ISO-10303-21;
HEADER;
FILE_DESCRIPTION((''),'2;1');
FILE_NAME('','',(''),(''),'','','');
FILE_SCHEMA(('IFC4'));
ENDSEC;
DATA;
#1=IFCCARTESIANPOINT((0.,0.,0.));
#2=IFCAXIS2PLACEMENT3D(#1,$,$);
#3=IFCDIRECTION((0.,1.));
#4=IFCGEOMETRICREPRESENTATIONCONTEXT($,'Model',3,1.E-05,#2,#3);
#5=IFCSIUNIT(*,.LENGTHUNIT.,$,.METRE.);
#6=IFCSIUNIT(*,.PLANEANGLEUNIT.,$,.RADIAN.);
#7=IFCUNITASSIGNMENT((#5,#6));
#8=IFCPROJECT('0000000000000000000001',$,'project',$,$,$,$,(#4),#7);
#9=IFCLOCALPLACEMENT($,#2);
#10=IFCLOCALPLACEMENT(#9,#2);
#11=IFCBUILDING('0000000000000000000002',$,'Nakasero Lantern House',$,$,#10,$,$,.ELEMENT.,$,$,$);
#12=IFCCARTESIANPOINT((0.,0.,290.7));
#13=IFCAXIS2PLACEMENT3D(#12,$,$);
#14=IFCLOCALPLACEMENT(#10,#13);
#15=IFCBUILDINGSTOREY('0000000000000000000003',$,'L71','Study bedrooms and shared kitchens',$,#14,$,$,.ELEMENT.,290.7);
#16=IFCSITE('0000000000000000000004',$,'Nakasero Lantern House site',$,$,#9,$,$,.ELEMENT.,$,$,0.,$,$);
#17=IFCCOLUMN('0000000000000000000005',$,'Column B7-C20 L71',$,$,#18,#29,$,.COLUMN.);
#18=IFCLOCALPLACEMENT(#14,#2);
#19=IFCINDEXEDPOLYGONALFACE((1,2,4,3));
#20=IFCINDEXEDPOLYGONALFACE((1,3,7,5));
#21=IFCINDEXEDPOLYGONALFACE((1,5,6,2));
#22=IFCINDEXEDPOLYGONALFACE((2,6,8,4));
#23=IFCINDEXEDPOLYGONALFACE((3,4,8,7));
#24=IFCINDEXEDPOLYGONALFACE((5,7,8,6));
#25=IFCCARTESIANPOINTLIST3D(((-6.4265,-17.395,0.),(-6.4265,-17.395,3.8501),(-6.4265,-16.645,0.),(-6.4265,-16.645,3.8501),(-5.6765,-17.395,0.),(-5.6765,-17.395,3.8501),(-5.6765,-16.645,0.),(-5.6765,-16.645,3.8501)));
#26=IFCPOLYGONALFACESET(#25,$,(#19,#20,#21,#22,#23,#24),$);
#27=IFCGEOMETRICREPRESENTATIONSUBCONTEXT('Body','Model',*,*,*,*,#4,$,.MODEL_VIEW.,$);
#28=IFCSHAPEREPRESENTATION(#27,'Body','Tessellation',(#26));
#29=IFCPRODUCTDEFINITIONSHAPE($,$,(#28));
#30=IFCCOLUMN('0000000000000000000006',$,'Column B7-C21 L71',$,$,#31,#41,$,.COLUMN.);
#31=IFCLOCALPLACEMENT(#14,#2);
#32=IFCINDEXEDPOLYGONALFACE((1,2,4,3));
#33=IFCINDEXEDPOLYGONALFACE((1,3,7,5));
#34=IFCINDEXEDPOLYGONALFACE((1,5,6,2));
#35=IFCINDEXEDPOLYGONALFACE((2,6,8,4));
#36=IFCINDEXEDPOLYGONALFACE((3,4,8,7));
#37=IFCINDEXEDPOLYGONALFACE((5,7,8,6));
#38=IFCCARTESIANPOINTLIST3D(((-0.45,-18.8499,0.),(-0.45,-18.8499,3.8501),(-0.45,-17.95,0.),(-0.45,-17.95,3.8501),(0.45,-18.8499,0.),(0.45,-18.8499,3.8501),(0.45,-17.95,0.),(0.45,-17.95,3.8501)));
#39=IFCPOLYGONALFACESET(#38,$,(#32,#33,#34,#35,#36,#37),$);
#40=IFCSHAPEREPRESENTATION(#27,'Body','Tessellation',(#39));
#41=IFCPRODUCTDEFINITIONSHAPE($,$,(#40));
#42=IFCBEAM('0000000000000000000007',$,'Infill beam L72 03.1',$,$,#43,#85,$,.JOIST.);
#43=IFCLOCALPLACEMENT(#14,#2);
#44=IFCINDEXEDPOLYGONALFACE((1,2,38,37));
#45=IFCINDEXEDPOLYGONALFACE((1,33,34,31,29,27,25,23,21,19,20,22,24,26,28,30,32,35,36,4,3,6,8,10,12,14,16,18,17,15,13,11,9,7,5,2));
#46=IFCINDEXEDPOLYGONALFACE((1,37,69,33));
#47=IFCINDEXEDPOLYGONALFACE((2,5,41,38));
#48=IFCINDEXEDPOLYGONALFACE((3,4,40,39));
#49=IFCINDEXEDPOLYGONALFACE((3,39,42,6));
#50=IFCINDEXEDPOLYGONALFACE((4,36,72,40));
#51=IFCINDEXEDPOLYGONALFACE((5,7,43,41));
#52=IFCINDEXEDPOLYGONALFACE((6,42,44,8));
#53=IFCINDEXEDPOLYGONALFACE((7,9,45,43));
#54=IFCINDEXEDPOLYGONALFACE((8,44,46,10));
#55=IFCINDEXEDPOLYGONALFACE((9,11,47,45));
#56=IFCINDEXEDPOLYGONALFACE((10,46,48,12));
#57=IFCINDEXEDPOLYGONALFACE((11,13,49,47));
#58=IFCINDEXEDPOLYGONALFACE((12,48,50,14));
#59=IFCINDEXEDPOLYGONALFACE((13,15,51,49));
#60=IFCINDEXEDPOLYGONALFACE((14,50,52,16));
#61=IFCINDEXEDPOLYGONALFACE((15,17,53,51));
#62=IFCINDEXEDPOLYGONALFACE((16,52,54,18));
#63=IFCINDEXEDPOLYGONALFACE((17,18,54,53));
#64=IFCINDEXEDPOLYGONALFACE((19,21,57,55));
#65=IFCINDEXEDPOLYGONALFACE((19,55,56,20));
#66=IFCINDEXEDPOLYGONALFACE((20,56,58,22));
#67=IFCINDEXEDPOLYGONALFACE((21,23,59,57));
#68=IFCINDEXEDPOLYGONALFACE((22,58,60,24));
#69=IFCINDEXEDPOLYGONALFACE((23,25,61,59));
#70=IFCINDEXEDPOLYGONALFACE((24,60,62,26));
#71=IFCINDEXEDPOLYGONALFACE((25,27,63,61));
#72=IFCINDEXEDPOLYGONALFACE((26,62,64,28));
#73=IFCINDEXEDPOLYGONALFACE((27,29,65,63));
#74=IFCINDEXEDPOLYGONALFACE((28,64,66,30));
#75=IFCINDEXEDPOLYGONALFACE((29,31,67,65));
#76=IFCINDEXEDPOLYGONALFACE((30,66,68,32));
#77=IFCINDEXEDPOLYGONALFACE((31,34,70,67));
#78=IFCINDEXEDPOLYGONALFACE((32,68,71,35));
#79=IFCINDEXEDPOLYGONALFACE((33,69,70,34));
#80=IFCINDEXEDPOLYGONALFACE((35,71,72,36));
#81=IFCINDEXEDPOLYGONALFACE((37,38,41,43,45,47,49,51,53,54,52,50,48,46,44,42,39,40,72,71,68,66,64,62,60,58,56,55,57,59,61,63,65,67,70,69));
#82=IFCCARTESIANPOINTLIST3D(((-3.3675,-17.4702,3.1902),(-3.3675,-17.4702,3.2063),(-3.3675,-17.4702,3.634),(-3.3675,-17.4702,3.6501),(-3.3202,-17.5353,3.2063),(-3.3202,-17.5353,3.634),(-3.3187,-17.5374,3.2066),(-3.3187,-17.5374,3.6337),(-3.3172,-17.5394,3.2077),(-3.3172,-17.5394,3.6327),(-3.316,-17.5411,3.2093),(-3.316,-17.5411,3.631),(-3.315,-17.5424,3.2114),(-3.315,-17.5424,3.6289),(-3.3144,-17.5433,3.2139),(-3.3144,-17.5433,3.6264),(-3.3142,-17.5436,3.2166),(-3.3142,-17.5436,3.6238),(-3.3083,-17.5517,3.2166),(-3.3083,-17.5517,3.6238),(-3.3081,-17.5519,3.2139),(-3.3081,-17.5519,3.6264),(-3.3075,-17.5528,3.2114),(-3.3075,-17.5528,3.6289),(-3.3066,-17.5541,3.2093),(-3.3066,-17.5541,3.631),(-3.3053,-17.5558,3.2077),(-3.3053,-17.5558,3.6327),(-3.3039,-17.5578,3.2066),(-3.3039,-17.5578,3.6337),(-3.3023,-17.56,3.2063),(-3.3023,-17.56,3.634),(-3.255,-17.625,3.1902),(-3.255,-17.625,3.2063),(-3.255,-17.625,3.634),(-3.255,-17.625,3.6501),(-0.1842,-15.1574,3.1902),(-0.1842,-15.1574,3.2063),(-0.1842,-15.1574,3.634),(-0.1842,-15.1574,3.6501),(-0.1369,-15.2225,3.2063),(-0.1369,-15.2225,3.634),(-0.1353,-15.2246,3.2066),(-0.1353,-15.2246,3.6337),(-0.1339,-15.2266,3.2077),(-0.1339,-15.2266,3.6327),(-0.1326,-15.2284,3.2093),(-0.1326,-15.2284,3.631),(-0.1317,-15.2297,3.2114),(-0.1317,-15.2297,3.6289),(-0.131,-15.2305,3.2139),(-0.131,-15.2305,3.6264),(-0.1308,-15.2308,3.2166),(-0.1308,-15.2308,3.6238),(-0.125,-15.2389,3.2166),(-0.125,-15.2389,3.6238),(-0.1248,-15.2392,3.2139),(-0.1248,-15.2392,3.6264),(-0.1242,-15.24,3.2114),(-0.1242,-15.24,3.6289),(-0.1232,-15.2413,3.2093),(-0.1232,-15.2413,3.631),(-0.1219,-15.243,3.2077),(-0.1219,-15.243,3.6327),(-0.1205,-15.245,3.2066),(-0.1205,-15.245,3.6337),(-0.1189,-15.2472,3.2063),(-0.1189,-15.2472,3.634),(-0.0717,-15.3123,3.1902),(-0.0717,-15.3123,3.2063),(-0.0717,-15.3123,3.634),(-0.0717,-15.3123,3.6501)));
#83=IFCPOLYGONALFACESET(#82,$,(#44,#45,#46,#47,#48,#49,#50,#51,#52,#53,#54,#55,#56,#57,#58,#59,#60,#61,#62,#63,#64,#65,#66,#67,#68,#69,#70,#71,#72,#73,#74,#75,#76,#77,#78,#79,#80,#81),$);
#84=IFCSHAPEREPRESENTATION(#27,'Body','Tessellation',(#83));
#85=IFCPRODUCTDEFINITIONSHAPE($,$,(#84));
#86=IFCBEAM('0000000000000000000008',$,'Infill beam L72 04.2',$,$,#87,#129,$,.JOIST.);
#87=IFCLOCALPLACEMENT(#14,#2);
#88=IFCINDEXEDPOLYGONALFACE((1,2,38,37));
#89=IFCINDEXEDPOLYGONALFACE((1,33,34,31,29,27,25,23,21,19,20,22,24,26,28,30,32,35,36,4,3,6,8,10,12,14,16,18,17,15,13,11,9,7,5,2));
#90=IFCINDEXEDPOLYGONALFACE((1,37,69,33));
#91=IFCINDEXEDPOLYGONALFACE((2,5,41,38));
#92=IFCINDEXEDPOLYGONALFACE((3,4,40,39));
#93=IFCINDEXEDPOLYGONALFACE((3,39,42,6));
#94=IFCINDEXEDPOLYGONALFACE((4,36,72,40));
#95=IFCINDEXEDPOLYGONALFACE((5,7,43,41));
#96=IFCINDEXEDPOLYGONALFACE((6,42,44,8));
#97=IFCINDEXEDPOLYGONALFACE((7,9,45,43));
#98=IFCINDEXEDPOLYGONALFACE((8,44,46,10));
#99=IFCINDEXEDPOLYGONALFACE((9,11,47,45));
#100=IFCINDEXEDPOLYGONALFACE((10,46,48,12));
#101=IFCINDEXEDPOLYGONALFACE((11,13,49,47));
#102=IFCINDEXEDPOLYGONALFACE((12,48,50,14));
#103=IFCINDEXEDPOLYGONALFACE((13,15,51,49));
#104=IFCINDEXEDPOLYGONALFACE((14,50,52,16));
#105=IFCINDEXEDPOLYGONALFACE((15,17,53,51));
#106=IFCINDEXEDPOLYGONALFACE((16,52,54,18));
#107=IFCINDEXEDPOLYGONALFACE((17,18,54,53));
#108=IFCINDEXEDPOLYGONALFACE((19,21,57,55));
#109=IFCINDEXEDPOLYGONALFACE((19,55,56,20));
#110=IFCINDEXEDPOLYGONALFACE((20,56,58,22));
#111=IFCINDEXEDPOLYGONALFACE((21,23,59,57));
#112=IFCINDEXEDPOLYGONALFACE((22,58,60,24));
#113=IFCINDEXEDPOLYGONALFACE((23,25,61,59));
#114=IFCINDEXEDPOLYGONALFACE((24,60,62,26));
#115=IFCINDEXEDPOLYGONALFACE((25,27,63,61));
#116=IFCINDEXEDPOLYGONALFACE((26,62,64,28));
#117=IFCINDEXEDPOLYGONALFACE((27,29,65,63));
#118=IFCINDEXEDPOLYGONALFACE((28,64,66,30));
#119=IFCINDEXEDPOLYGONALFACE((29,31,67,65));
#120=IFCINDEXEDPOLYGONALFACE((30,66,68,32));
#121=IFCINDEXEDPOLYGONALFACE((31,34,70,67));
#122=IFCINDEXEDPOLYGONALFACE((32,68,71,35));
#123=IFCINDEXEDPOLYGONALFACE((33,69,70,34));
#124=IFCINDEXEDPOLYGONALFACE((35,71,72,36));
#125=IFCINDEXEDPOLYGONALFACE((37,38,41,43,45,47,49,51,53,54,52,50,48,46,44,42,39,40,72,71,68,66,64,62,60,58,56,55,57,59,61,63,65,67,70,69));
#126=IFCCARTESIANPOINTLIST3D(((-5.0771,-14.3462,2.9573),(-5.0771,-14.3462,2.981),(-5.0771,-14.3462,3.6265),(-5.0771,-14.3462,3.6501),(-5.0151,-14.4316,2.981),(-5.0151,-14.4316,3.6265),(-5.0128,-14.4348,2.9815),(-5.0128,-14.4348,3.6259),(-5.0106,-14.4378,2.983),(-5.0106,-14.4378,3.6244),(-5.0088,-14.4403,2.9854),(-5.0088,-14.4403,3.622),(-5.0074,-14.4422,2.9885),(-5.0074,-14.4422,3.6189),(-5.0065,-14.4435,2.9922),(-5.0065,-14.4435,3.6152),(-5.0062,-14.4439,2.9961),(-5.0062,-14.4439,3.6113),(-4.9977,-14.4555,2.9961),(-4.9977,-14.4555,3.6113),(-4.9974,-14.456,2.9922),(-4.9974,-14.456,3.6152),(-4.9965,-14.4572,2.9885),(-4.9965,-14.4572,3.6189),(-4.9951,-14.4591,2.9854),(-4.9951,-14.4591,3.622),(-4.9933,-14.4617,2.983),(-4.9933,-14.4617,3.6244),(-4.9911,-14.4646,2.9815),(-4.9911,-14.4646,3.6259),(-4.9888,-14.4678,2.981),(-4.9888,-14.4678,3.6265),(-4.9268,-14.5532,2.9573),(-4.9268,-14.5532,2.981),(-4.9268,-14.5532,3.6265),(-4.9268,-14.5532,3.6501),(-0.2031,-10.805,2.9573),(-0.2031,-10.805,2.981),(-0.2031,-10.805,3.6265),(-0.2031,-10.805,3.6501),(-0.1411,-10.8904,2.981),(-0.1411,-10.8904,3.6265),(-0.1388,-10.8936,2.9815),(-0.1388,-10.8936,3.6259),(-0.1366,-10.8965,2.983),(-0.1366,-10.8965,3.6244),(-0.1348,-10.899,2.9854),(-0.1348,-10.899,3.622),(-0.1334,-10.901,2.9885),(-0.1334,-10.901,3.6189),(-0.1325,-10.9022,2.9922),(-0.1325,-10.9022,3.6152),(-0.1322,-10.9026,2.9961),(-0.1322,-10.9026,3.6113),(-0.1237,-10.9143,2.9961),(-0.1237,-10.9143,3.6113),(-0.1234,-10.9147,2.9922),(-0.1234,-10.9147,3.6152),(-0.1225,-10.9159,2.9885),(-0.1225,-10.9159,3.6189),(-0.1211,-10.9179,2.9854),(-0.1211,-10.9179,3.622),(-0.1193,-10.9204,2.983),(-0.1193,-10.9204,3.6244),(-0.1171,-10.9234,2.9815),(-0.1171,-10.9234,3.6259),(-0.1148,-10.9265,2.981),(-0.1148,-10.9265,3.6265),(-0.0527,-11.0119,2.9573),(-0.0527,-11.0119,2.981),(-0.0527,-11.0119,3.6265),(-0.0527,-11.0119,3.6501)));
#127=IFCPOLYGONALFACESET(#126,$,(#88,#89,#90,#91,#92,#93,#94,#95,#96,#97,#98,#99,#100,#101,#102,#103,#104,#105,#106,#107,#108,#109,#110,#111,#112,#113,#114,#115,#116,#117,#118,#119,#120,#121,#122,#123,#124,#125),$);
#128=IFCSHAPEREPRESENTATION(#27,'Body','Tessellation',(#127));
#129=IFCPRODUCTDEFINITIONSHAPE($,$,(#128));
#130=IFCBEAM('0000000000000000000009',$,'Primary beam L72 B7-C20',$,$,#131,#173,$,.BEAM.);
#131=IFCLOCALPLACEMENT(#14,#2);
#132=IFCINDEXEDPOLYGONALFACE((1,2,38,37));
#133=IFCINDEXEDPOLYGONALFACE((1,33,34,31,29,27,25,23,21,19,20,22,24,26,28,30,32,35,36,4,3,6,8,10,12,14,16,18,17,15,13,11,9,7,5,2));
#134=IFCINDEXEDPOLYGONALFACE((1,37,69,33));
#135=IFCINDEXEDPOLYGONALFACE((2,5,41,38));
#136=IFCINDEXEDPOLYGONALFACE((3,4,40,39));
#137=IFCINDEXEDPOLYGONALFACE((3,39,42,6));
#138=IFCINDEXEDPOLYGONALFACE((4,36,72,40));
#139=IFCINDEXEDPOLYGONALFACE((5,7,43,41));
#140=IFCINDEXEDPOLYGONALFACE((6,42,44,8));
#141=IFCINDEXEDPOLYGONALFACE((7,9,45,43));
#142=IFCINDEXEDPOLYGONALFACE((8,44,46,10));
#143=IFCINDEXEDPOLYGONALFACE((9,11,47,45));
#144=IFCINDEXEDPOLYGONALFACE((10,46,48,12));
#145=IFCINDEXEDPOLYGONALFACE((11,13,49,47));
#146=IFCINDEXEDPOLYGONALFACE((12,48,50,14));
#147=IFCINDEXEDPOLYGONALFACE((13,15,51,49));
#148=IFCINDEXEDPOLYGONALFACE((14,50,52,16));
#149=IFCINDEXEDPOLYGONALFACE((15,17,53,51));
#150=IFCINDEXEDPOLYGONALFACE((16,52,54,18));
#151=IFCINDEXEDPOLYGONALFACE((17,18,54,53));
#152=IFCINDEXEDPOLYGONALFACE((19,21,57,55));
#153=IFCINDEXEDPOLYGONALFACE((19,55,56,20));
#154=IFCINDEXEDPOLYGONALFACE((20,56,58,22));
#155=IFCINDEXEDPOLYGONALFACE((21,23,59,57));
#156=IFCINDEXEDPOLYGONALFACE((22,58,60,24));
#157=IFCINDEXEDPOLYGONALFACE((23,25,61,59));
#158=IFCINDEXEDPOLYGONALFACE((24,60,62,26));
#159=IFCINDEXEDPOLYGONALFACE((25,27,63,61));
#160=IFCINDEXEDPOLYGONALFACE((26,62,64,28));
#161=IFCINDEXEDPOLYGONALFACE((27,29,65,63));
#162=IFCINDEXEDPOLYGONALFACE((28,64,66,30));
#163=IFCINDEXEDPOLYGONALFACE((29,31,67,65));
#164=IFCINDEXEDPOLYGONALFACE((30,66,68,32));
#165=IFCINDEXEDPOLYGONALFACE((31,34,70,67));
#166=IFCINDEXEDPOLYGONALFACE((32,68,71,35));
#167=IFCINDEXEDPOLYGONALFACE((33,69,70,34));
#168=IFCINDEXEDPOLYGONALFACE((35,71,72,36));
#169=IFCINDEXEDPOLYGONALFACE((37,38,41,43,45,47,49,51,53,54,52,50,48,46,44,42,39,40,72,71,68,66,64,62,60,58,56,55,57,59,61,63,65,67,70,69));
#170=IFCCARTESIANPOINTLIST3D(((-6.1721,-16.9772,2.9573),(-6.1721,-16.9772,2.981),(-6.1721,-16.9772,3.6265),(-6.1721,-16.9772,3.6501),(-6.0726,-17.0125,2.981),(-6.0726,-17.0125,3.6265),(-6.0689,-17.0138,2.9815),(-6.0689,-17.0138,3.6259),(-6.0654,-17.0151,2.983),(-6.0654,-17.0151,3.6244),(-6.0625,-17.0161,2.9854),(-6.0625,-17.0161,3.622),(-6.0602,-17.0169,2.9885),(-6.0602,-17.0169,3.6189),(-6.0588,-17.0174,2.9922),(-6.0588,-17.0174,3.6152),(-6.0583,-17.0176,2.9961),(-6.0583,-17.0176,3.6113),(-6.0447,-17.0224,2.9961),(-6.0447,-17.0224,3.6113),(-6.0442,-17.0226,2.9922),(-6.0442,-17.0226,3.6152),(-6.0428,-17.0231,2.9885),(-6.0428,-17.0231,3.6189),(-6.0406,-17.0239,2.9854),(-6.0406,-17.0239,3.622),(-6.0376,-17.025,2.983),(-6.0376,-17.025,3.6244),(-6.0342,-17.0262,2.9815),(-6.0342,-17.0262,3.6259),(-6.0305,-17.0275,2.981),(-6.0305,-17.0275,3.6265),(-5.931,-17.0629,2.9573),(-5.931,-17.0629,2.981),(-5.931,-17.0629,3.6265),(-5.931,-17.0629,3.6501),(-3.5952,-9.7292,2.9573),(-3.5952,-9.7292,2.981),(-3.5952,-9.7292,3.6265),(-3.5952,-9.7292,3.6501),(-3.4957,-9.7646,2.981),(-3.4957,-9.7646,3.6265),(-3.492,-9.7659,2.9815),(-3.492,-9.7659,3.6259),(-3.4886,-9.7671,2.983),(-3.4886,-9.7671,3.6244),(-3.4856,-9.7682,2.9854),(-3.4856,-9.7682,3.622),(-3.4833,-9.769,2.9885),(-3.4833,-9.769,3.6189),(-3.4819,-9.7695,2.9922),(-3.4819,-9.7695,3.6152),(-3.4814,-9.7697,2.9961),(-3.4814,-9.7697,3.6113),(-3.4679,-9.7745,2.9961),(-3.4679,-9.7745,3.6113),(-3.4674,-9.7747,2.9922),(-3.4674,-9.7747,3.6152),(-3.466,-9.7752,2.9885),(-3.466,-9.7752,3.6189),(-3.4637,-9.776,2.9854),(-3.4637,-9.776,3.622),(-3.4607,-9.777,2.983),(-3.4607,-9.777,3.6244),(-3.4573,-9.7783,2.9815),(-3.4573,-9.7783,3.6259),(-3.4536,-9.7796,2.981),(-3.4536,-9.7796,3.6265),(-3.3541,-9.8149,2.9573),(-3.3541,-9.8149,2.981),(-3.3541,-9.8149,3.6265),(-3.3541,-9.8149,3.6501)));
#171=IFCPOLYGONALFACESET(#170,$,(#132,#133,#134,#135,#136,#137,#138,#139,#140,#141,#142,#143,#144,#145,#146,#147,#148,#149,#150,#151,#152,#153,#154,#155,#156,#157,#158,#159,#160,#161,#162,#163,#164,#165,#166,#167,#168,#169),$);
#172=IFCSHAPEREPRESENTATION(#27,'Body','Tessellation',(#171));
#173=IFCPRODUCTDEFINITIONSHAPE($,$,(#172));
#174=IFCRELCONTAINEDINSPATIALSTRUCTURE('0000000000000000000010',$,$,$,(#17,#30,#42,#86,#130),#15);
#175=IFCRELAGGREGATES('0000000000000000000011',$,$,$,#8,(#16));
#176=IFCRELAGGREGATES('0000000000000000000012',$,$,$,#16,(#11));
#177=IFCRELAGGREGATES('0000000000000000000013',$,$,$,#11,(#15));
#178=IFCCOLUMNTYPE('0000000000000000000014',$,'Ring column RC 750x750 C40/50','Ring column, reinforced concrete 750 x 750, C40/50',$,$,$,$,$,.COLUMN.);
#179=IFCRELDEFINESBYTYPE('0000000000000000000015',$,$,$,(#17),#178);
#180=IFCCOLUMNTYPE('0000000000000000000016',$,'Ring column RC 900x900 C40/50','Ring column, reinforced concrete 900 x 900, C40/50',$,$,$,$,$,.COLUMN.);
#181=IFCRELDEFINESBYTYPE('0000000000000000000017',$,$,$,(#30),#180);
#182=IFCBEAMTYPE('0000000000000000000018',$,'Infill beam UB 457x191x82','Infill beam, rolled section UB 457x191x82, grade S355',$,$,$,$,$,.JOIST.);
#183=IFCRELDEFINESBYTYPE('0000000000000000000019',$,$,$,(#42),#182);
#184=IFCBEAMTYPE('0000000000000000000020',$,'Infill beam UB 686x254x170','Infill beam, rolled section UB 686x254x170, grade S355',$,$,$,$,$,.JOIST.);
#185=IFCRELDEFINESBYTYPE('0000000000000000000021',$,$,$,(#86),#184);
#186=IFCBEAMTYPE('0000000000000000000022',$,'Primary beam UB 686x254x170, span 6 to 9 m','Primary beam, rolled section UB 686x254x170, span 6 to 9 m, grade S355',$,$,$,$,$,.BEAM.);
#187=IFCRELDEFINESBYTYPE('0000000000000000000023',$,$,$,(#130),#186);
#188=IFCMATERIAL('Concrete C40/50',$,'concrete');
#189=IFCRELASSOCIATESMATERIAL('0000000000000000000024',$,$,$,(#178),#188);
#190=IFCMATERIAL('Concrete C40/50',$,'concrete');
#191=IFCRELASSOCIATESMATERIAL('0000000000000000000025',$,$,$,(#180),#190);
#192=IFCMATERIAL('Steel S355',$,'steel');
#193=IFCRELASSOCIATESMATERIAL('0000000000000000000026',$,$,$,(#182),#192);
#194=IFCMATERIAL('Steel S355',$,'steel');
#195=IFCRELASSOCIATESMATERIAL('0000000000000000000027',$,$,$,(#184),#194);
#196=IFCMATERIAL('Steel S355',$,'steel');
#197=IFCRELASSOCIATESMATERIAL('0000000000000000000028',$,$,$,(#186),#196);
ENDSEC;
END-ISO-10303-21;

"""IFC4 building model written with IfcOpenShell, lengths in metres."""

from ifc_helpers import new_model, si_unit, direction, frame, origin, origin_2d, place, context, subcontext, project, spatial, rectangle, i_section, extrude, material, material_profile, profile_set, type_object, element, save


model = new_model("IFC4")

# Units and contexts
model_context = context("Model", 3, precision=1e-05, world=origin(), true_north=direction((0.0, 1.0)))
body_context = subcontext(model_context, "Body", "Model", "MODEL_VIEW")
ifc_project = project(units=[si_unit("LENGTHUNIT", "METRE"), si_unit("PLANEANGLEUNIT", "RADIAN")], contexts=[model_context])

# Site, building, storey
site_placement = place(None, origin())
site = spatial("IfcSite", under=ifc_project, at=site_placement, Name="Nakasero Lantern House site", CompositionType="ELEMENT", RefElevation=0.0)
building_placement = place(site_placement, origin())
building = spatial("IfcBuilding", under=site, at=building_placement, Name="Nakasero Lantern House", CompositionType="ELEMENT")
storey_placement = place(building_placement, frame((0.0, 0.0, 290.7)))
storey = spatial("IfcBuildingStorey", under=building, at=storey_placement, Name="L71", Description="Study bedrooms and shared kitchens", CompositionType="ELEMENT", Elevation=290.7)

# Columns
ifc_material_1 = material(Name="Concrete C40/50", Category="concrete")
ifc_material_profile_1 = material_profile(ifc_material_1, rectangle(XDim=0.75, YDim=0.75, at=origin_2d()), Name="RC 750x750")
ifc_profile_set_1 = profile_set([ifc_material_profile_1], Name="Concrete C40/50")
column_type_1 = type_object("IfcColumnType", Name="Ring column RC 750x750 C40/50", Description="Ring column, reinforced concrete 750 x 750, C40/50", PredefinedType="COLUMN", material=ifc_profile_set_1)
column_1_placement = place(storey_placement, frame((-6.0515, -17.02, 0.0), z_axis=(0.0, 0.0, 1.0), x_axis=(1.0, 0.0, 0.0)))
element("IfcColumn", 1, at=column_1_placement, inside=storey, type_object=column_type_1, Name="Column B7-C20 L71", PredefinedType="COLUMN", context=body_context, shape_type="SweptSolid", body=[
    extrude(rectangle(XDim=0.75, YDim=0.75, at=origin_2d()), origin(), (0.0, 0.0, 1.0), 3.8501),
])
ifc_material_2 = material(Name="Concrete C40/50", Category="concrete")
ifc_material_profile_2 = material_profile(ifc_material_2, rectangle(XDim=0.8999, YDim=0.8999, at=origin_2d()), Name="RC 900x900")
ifc_profile_set_2 = profile_set([ifc_material_profile_2], Name="Concrete C40/50")
column_type_2 = type_object("IfcColumnType", Name="Ring column RC 900x900 C40/50", Description="Ring column, reinforced concrete 900 x 900, C40/50", PredefinedType="COLUMN", material=ifc_profile_set_2)
column_2_placement = place(storey_placement, frame((0.0, -18.3999, 0.0), z_axis=(0.0, 0.0, 1.0), x_axis=(1.0, 0.0, 0.0)))
element("IfcColumn", 2, at=column_2_placement, inside=storey, type_object=column_type_2, Name="Column B7-C21 L71", PredefinedType="COLUMN", context=body_context, shape_type="SweptSolid", body=[
    extrude(rectangle(XDim=0.8999, YDim=0.8999, at=origin_2d()), origin(), (0.0, 0.0, 1.0), 3.8501),
])

# Beams
ifc_material_3 = material(Name="Steel S355", Category="steel")
ifc_material_profile_3 = material_profile(ifc_material_3, i_section(OverallWidth=0.1914, OverallDepth=0.46, WebThickness=0.01, FlangeThickness=0.0161, FilletRadius=0.0103, at=origin_2d()), Name="UB 457x191x82")
ifc_profile_set_3 = profile_set([ifc_material_profile_3], Name="Steel S355")
beam_type_1 = type_object("IfcBeamType", Name="Infill beam UB 457x191x82", Description="Infill beam, rolled section UB 457x191x82, grade S355", PredefinedType="JOIST", material=ifc_profile_set_3)
beam_1_placement = place(storey_placement, frame((-3.3113, -17.5476, 3.4202), z_axis=(0.809028, 0.587769, 0.0), x_axis=(-0.587769, 0.809028, 0.0)))
element("IfcBeam", 3, at=beam_1_placement, inside=storey, type_object=beam_type_1, Name="Infill beam L72 03.1", PredefinedType="JOIST", context=body_context, shape_type="SweptSolid", body=[
    extrude(i_section(OverallWidth=0.1914, OverallDepth=0.46, WebThickness=0.01, FlangeThickness=0.0161, FilletRadius=0.0103, at=origin_2d()), origin(), (0.0, 0.0, 1.0), 3.9348),
])
ifc_material_4 = material(Name="Steel S355", Category="steel")
ifc_material_profile_4 = material_profile(ifc_material_4, i_section(OverallWidth=0.2559, OverallDepth=0.6929, WebThickness=0.0144, FlangeThickness=0.0237, FilletRadius=0.0151, at=origin_2d()), Name="UB 686x254x170")
ifc_profile_set_4 = profile_set([ifc_material_profile_4], Name="Steel S355")
beam_type_2 = type_object("IfcBeamType", Name="Infill beam UB 686x254x170", Description="Infill beam, rolled section UB 686x254x170, grade S355", PredefinedType="JOIST", material=ifc_profile_set_4)
beam_2_placement = place(storey_placement, frame((-5.002, -14.4497, 3.3037), z_axis=(0.809011, 0.587793, 0.0), x_axis=(-0.587793, 0.809011, 0.0)))
element("IfcBeam", 4, at=beam_2_placement, inside=storey, type_object=beam_type_2, Name="Infill beam L72 04.2", PredefinedType="JOIST", context=body_context, shape_type="SweptSolid", body=[
    extrude(i_section(OverallWidth=0.2559, OverallDepth=0.6929, WebThickness=0.0144, FlangeThickness=0.0237, FilletRadius=0.0151, at=origin_2d()), origin(), (0.0, 0.0, 1.0), 6.0247),
])
ifc_material_5 = material(Name="Steel S355", Category="steel")
ifc_material_profile_5 = material_profile(ifc_material_5, i_section(OverallWidth=0.2559, OverallDepth=0.6929, WebThickness=0.0144, FlangeThickness=0.0237, FilletRadius=0.0151, at=origin_2d()), Name="UB 686x254x170")
ifc_profile_set_5 = profile_set([ifc_material_profile_5], Name="Steel S355")
beam_type_3 = type_object("IfcBeamType", Name="Primary beam UB 686x254x170, span 6 to 9 m", Description="Primary beam, rolled section UB 686x254x170, span 6 to 9 m, grade S355", PredefinedType="BEAM", material=ifc_profile_set_5)
beam_3_placement = place(storey_placement, frame((-6.0515, -17.02, 3.3037), z_axis=(0.334989, 0.942222, 0.0), x_axis=(-0.942222, 0.334989, 0.0)))
element("IfcBeam", 5, at=beam_3_placement, inside=storey, type_object=beam_type_3, Name="Primary beam L72 B7-C20", PredefinedType="BEAM", context=body_context, shape_type="SweptSolid", body=[
    extrude(i_section(OverallWidth=0.2559, OverallDepth=0.6929, WebThickness=0.0144, FlangeThickness=0.0237, FilletRadius=0.0151, at=origin_2d()), origin(), (0.0, 0.0, 1.0), 7.6924),
])

save(model, "model.ifc")
